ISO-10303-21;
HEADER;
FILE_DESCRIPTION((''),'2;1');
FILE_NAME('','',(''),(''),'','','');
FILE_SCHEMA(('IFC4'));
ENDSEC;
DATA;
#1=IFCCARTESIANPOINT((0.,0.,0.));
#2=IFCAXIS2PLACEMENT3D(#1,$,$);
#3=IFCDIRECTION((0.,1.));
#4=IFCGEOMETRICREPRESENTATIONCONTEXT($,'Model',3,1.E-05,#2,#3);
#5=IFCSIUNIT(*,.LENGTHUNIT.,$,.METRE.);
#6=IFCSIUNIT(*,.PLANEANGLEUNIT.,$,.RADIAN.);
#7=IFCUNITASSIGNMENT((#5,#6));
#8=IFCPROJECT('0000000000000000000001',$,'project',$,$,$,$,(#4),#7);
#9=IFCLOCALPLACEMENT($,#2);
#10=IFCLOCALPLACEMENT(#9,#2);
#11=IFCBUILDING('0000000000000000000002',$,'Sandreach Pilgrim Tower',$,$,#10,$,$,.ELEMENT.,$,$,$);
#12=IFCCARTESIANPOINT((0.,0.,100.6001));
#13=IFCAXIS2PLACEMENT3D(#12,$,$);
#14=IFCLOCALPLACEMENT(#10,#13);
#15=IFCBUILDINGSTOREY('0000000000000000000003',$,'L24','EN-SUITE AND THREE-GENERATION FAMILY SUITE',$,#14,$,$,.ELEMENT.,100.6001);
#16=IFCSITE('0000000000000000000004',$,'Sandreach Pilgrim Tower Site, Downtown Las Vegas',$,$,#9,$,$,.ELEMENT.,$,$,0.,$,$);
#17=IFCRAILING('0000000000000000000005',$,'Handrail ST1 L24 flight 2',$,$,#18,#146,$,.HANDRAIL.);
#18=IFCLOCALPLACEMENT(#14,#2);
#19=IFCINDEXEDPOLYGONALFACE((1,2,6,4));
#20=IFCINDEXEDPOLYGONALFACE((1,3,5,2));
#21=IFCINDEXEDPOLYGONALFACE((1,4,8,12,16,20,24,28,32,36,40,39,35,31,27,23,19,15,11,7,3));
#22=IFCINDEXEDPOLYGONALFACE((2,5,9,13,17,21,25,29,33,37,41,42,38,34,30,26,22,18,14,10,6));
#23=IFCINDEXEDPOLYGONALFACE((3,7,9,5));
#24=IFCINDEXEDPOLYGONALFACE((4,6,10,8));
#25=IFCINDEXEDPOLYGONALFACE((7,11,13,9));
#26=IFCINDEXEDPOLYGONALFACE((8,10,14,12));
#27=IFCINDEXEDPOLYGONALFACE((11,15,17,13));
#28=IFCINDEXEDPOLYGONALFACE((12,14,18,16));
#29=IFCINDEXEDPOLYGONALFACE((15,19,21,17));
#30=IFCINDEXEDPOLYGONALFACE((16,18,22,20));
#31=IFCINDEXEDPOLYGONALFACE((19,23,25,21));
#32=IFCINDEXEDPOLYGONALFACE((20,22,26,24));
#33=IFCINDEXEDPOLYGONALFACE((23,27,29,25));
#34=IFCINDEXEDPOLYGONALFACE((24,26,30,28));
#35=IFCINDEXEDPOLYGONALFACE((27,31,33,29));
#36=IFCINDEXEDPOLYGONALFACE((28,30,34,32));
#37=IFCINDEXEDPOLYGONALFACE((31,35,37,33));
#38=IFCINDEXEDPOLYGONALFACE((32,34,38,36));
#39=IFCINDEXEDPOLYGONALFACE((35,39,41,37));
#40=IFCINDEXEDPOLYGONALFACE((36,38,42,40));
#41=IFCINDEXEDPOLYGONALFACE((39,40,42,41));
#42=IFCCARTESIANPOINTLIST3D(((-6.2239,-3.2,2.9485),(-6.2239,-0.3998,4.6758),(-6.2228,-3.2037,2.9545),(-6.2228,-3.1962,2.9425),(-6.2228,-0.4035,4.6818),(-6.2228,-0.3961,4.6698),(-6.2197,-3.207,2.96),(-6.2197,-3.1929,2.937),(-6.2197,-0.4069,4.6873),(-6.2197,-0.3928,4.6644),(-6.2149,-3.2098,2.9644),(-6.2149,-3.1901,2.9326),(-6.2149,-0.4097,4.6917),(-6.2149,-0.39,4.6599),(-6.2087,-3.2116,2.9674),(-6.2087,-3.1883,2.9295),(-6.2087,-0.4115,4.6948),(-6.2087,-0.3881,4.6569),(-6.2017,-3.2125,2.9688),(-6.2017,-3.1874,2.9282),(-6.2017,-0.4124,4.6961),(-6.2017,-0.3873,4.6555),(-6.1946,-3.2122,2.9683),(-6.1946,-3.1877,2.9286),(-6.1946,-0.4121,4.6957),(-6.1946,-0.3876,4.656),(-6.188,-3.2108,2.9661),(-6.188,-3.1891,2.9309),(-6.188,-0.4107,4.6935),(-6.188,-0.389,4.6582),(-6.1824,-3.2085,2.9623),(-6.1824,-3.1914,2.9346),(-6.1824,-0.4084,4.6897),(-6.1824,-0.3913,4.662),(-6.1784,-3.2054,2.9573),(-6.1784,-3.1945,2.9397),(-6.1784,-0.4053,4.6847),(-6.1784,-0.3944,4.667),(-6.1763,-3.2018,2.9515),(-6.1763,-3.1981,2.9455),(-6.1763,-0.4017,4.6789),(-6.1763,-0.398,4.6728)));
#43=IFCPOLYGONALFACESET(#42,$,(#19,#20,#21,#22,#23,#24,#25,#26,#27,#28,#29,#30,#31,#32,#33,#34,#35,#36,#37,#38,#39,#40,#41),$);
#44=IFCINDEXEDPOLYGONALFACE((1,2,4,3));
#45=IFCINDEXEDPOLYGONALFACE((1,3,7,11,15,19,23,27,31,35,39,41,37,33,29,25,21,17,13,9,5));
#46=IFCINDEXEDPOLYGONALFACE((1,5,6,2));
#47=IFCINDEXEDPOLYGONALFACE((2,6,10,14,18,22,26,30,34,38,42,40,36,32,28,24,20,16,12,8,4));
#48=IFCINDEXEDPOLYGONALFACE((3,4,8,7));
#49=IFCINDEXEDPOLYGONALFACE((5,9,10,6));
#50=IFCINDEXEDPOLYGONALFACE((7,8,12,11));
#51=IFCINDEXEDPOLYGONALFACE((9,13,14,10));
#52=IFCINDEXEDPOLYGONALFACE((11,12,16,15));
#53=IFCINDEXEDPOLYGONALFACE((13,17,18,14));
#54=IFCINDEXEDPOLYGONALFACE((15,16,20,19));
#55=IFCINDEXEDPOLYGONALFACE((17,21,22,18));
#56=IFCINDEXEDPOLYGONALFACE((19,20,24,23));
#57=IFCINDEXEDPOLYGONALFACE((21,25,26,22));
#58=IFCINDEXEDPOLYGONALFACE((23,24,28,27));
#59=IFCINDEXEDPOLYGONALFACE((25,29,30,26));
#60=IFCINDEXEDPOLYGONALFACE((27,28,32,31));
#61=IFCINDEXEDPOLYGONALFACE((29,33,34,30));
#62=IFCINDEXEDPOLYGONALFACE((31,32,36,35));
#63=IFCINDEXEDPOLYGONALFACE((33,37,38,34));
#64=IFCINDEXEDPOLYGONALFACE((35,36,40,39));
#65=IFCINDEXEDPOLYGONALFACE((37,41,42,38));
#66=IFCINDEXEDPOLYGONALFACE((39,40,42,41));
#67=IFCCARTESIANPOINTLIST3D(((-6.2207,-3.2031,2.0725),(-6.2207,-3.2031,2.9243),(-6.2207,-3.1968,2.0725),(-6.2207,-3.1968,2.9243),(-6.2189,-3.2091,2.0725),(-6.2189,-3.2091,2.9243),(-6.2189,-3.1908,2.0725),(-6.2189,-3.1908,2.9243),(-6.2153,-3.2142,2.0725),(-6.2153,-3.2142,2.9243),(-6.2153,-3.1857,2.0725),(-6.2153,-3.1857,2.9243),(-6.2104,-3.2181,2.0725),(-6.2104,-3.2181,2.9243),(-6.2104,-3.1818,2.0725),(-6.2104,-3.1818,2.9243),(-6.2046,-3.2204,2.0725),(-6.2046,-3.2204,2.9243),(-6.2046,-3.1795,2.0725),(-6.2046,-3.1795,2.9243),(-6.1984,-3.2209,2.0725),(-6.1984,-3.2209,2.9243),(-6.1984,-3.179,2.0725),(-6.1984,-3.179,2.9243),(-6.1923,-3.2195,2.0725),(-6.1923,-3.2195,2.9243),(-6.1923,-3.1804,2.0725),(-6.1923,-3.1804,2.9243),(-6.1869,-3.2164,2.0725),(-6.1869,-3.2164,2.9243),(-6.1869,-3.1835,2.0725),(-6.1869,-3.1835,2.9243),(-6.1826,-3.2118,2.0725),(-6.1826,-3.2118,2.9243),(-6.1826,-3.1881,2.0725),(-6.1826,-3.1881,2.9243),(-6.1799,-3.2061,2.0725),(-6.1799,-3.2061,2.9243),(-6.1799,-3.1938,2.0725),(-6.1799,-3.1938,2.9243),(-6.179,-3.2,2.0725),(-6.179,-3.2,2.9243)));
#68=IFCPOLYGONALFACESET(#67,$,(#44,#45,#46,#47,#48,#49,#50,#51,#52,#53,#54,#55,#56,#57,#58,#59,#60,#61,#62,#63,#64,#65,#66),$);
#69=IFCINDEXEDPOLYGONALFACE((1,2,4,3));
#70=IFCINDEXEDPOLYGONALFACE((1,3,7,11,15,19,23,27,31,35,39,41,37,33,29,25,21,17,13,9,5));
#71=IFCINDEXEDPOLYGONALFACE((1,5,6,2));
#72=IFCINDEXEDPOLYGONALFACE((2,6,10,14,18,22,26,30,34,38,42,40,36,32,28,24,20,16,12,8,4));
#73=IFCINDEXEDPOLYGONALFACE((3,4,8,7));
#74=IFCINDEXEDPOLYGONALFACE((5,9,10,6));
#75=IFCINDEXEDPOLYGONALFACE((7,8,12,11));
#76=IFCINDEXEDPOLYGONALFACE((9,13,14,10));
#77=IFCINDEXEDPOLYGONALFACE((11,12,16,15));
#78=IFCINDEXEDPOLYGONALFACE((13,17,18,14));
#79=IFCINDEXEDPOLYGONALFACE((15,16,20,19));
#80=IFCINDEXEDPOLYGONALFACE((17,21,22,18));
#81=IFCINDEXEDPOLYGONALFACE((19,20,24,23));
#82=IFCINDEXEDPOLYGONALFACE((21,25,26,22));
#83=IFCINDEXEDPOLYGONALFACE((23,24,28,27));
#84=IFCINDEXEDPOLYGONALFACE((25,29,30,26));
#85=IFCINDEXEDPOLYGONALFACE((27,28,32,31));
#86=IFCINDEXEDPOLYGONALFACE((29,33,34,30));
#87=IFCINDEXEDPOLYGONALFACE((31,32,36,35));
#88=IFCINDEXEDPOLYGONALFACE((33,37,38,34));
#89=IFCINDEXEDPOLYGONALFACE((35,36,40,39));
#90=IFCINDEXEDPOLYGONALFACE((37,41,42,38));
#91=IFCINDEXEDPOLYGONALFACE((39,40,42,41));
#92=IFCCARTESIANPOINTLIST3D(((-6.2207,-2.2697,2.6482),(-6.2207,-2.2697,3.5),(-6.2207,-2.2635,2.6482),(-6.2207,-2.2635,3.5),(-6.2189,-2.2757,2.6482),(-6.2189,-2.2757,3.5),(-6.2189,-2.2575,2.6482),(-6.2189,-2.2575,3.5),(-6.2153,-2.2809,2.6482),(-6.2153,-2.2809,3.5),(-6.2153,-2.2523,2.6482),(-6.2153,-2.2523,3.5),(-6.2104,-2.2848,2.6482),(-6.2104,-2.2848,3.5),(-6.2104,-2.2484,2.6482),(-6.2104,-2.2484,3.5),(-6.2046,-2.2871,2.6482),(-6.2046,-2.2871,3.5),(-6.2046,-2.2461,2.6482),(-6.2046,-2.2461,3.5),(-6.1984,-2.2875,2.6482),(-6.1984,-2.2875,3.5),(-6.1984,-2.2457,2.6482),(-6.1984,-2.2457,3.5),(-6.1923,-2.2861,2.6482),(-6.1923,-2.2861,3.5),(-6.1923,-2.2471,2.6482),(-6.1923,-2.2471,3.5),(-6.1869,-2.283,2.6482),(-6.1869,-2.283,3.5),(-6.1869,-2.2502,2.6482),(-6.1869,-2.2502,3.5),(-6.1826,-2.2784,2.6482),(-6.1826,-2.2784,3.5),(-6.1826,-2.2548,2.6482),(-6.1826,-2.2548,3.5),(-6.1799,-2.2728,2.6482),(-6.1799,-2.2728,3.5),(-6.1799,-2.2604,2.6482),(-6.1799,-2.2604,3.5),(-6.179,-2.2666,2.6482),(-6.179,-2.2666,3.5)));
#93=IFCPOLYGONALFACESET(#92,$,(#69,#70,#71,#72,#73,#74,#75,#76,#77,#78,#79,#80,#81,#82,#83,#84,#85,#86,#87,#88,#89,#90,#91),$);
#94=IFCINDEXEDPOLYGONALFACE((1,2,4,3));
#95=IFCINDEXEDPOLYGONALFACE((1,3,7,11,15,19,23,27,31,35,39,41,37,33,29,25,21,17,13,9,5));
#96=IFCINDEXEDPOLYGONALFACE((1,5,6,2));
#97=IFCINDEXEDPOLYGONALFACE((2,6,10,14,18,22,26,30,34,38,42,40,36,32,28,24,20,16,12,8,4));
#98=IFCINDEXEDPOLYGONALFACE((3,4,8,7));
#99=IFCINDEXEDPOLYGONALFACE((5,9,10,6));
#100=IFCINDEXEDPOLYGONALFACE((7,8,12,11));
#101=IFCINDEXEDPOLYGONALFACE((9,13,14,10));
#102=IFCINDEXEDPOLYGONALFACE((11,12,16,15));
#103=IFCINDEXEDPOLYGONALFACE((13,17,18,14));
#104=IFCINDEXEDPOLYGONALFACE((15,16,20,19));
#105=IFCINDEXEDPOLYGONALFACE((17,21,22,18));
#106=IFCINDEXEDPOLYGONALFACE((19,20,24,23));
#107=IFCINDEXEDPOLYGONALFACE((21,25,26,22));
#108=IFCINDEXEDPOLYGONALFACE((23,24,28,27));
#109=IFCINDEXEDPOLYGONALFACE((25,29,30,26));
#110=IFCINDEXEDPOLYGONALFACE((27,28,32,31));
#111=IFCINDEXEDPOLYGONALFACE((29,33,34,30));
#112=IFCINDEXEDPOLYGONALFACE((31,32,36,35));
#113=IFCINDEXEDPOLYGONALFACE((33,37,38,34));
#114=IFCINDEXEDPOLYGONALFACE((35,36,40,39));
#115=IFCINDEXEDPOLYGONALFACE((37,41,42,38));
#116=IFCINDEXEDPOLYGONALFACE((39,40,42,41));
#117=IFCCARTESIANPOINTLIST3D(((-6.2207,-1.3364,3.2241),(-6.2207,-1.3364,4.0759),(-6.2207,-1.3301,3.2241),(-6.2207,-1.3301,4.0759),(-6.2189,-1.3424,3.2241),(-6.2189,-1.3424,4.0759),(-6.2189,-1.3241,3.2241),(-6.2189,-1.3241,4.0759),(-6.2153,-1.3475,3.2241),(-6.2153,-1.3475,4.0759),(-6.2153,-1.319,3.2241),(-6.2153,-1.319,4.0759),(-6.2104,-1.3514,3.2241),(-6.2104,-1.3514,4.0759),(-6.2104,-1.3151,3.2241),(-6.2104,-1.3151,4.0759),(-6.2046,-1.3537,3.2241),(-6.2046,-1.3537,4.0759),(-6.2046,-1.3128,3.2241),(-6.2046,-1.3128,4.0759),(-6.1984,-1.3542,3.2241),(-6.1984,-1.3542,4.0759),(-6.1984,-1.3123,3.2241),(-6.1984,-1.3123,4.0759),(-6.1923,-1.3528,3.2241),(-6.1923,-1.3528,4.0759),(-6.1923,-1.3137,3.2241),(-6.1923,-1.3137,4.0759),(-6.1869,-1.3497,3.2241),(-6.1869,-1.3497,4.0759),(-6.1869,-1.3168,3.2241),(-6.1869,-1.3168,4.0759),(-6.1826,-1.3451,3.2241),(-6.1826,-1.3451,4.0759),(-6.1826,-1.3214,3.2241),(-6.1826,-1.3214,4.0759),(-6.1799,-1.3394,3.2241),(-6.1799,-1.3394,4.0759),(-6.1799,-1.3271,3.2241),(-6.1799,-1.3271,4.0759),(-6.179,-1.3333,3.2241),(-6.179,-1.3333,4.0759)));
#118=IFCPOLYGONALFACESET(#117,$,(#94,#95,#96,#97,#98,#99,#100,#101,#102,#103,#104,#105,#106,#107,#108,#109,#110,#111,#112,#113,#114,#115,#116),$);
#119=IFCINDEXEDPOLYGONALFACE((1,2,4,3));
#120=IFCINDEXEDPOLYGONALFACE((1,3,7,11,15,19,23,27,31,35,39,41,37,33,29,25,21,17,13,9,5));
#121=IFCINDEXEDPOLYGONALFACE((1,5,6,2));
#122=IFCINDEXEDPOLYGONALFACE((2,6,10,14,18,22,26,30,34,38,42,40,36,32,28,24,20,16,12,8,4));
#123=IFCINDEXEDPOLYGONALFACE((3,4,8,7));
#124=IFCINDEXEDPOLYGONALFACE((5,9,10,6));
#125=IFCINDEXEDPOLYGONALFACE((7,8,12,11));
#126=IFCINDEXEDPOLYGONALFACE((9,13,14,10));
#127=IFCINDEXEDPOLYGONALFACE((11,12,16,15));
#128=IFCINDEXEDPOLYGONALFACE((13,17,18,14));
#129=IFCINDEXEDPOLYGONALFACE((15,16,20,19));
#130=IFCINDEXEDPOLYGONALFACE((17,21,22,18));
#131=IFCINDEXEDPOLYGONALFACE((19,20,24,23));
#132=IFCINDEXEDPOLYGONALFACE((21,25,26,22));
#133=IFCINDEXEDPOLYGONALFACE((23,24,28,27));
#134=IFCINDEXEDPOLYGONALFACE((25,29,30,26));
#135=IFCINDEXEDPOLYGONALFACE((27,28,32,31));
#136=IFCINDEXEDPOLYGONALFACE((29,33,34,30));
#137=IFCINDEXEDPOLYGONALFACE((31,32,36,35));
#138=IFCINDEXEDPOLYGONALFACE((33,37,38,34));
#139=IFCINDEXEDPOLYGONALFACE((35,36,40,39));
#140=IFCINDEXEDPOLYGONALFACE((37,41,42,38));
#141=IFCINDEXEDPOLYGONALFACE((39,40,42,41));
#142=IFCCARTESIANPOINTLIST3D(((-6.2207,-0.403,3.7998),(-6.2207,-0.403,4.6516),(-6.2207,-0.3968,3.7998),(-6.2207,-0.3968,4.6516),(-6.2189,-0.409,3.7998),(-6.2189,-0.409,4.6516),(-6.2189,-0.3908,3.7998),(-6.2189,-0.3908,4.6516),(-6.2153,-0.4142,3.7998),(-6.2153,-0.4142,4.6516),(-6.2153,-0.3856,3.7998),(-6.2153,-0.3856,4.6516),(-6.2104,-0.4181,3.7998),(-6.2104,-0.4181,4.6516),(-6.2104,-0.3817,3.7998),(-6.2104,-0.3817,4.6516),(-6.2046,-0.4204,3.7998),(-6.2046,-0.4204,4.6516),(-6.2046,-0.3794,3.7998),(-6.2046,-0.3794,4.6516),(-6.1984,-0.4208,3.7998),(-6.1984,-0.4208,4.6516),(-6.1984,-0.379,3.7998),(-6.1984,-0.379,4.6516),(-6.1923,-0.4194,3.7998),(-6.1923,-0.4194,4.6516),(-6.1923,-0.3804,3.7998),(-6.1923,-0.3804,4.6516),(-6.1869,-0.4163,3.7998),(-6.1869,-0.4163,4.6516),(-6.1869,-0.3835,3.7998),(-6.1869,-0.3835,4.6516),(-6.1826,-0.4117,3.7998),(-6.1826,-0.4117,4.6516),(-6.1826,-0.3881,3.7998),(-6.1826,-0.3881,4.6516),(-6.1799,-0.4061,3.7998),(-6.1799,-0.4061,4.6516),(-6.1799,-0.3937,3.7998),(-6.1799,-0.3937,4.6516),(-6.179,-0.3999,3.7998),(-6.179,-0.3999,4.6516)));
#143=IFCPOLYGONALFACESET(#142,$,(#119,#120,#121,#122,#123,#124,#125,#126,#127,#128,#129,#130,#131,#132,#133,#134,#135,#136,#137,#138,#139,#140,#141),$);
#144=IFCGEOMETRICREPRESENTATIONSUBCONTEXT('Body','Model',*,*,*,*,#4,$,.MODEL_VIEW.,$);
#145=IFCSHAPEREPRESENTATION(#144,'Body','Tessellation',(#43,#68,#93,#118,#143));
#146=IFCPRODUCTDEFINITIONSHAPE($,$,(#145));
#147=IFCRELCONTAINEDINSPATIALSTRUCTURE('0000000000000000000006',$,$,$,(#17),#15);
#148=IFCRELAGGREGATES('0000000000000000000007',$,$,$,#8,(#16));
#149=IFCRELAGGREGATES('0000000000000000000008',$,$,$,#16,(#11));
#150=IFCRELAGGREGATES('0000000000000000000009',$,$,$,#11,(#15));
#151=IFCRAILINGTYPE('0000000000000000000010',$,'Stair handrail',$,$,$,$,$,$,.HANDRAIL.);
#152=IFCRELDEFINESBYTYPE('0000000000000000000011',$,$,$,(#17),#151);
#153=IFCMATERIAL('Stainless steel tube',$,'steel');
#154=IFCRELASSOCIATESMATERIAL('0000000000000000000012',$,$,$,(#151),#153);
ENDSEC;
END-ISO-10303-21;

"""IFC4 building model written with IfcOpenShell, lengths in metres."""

from ifc_helpers import new_model, si_unit, direction, frame, origin, origin_2d, place, context, subcontext, project, spatial, circle, extrude, material, type_object, element, save


model = new_model("IFC4")

# Units and contexts
model_context = context("Model", 3, precision=1e-05, world=origin(), true_north=direction((0.0, 1.0)))
body_context = subcontext(model_context, "Body", "Model", "MODEL_VIEW")
ifc_project = project(units=[si_unit("LENGTHUNIT", "METRE"), si_unit("PLANEANGLEUNIT", "RADIAN")], contexts=[model_context])

# Site, building, storey
site_placement = place(None, origin())
site = spatial("IfcSite", under=ifc_project, at=site_placement, Name="Sandreach Pilgrim Tower Site, Downtown Las Vegas", CompositionType="ELEMENT", RefElevation=0.0)
building_placement = place(site_placement, origin())
building = spatial("IfcBuilding", under=site, at=building_placement, Name="Sandreach Pilgrim Tower", CompositionType="ELEMENT")
storey_placement = place(building_placement, frame((0.0, 0.0, 100.6001)))
storey = spatial("IfcBuildingStorey", under=building, at=storey_placement, Name="L24", Description="EN-SUITE AND THREE-GENERATION FAMILY SUITE", CompositionType="ELEMENT", Elevation=100.6001)

# Railing
ifc_material_1 = material(Name="Stainless steel tube", Category="steel")
railing_type = type_object("IfcRailingType", Name="Stair handrail", PredefinedType="HANDRAIL", material=ifc_material_1)
for number, where, name in (
    (1, (-6.2, -3.2, 2.0725), "Handrail ST1 L24 flight 2"),
):
    element("IfcRailing", number, at=place(storey_placement, frame(where)), inside=storey, type_object=railing_type, Name=name, PredefinedType="HANDRAIL", context=body_context, shape_type="SweptSolid", body=[
        extrude(circle(Radius=0.0239, at=origin_2d()), frame((0.0, 0.0, 0.876), z_axis=(0.0, 0.85109, 0.52502), x_axis=(-1.0, 0.0, 0.0)), (0.0, 0.0, 1.0), 3.29),
        extrude(circle(Radius=0.021, at=origin_2d()), origin(), (0.0, 0.0, 1.0), 0.8518),
        extrude(circle(Radius=0.021, at=origin_2d()), frame((0.0, 0.9333, 0.5757)), (0.0, 0.0, 1.0), 0.8518),
        extrude(circle(Radius=0.021, at=origin_2d()), frame((0.0, 1.8667, 1.1516)), (0.0, 0.0, 1.0), 0.8518),
        extrude(circle(Radius=0.021, at=origin_2d()), frame((0.0, 2.8, 1.7273)), (0.0, 0.0, 1.0), 0.8518),
    ])

save(model, "model.ifc")
